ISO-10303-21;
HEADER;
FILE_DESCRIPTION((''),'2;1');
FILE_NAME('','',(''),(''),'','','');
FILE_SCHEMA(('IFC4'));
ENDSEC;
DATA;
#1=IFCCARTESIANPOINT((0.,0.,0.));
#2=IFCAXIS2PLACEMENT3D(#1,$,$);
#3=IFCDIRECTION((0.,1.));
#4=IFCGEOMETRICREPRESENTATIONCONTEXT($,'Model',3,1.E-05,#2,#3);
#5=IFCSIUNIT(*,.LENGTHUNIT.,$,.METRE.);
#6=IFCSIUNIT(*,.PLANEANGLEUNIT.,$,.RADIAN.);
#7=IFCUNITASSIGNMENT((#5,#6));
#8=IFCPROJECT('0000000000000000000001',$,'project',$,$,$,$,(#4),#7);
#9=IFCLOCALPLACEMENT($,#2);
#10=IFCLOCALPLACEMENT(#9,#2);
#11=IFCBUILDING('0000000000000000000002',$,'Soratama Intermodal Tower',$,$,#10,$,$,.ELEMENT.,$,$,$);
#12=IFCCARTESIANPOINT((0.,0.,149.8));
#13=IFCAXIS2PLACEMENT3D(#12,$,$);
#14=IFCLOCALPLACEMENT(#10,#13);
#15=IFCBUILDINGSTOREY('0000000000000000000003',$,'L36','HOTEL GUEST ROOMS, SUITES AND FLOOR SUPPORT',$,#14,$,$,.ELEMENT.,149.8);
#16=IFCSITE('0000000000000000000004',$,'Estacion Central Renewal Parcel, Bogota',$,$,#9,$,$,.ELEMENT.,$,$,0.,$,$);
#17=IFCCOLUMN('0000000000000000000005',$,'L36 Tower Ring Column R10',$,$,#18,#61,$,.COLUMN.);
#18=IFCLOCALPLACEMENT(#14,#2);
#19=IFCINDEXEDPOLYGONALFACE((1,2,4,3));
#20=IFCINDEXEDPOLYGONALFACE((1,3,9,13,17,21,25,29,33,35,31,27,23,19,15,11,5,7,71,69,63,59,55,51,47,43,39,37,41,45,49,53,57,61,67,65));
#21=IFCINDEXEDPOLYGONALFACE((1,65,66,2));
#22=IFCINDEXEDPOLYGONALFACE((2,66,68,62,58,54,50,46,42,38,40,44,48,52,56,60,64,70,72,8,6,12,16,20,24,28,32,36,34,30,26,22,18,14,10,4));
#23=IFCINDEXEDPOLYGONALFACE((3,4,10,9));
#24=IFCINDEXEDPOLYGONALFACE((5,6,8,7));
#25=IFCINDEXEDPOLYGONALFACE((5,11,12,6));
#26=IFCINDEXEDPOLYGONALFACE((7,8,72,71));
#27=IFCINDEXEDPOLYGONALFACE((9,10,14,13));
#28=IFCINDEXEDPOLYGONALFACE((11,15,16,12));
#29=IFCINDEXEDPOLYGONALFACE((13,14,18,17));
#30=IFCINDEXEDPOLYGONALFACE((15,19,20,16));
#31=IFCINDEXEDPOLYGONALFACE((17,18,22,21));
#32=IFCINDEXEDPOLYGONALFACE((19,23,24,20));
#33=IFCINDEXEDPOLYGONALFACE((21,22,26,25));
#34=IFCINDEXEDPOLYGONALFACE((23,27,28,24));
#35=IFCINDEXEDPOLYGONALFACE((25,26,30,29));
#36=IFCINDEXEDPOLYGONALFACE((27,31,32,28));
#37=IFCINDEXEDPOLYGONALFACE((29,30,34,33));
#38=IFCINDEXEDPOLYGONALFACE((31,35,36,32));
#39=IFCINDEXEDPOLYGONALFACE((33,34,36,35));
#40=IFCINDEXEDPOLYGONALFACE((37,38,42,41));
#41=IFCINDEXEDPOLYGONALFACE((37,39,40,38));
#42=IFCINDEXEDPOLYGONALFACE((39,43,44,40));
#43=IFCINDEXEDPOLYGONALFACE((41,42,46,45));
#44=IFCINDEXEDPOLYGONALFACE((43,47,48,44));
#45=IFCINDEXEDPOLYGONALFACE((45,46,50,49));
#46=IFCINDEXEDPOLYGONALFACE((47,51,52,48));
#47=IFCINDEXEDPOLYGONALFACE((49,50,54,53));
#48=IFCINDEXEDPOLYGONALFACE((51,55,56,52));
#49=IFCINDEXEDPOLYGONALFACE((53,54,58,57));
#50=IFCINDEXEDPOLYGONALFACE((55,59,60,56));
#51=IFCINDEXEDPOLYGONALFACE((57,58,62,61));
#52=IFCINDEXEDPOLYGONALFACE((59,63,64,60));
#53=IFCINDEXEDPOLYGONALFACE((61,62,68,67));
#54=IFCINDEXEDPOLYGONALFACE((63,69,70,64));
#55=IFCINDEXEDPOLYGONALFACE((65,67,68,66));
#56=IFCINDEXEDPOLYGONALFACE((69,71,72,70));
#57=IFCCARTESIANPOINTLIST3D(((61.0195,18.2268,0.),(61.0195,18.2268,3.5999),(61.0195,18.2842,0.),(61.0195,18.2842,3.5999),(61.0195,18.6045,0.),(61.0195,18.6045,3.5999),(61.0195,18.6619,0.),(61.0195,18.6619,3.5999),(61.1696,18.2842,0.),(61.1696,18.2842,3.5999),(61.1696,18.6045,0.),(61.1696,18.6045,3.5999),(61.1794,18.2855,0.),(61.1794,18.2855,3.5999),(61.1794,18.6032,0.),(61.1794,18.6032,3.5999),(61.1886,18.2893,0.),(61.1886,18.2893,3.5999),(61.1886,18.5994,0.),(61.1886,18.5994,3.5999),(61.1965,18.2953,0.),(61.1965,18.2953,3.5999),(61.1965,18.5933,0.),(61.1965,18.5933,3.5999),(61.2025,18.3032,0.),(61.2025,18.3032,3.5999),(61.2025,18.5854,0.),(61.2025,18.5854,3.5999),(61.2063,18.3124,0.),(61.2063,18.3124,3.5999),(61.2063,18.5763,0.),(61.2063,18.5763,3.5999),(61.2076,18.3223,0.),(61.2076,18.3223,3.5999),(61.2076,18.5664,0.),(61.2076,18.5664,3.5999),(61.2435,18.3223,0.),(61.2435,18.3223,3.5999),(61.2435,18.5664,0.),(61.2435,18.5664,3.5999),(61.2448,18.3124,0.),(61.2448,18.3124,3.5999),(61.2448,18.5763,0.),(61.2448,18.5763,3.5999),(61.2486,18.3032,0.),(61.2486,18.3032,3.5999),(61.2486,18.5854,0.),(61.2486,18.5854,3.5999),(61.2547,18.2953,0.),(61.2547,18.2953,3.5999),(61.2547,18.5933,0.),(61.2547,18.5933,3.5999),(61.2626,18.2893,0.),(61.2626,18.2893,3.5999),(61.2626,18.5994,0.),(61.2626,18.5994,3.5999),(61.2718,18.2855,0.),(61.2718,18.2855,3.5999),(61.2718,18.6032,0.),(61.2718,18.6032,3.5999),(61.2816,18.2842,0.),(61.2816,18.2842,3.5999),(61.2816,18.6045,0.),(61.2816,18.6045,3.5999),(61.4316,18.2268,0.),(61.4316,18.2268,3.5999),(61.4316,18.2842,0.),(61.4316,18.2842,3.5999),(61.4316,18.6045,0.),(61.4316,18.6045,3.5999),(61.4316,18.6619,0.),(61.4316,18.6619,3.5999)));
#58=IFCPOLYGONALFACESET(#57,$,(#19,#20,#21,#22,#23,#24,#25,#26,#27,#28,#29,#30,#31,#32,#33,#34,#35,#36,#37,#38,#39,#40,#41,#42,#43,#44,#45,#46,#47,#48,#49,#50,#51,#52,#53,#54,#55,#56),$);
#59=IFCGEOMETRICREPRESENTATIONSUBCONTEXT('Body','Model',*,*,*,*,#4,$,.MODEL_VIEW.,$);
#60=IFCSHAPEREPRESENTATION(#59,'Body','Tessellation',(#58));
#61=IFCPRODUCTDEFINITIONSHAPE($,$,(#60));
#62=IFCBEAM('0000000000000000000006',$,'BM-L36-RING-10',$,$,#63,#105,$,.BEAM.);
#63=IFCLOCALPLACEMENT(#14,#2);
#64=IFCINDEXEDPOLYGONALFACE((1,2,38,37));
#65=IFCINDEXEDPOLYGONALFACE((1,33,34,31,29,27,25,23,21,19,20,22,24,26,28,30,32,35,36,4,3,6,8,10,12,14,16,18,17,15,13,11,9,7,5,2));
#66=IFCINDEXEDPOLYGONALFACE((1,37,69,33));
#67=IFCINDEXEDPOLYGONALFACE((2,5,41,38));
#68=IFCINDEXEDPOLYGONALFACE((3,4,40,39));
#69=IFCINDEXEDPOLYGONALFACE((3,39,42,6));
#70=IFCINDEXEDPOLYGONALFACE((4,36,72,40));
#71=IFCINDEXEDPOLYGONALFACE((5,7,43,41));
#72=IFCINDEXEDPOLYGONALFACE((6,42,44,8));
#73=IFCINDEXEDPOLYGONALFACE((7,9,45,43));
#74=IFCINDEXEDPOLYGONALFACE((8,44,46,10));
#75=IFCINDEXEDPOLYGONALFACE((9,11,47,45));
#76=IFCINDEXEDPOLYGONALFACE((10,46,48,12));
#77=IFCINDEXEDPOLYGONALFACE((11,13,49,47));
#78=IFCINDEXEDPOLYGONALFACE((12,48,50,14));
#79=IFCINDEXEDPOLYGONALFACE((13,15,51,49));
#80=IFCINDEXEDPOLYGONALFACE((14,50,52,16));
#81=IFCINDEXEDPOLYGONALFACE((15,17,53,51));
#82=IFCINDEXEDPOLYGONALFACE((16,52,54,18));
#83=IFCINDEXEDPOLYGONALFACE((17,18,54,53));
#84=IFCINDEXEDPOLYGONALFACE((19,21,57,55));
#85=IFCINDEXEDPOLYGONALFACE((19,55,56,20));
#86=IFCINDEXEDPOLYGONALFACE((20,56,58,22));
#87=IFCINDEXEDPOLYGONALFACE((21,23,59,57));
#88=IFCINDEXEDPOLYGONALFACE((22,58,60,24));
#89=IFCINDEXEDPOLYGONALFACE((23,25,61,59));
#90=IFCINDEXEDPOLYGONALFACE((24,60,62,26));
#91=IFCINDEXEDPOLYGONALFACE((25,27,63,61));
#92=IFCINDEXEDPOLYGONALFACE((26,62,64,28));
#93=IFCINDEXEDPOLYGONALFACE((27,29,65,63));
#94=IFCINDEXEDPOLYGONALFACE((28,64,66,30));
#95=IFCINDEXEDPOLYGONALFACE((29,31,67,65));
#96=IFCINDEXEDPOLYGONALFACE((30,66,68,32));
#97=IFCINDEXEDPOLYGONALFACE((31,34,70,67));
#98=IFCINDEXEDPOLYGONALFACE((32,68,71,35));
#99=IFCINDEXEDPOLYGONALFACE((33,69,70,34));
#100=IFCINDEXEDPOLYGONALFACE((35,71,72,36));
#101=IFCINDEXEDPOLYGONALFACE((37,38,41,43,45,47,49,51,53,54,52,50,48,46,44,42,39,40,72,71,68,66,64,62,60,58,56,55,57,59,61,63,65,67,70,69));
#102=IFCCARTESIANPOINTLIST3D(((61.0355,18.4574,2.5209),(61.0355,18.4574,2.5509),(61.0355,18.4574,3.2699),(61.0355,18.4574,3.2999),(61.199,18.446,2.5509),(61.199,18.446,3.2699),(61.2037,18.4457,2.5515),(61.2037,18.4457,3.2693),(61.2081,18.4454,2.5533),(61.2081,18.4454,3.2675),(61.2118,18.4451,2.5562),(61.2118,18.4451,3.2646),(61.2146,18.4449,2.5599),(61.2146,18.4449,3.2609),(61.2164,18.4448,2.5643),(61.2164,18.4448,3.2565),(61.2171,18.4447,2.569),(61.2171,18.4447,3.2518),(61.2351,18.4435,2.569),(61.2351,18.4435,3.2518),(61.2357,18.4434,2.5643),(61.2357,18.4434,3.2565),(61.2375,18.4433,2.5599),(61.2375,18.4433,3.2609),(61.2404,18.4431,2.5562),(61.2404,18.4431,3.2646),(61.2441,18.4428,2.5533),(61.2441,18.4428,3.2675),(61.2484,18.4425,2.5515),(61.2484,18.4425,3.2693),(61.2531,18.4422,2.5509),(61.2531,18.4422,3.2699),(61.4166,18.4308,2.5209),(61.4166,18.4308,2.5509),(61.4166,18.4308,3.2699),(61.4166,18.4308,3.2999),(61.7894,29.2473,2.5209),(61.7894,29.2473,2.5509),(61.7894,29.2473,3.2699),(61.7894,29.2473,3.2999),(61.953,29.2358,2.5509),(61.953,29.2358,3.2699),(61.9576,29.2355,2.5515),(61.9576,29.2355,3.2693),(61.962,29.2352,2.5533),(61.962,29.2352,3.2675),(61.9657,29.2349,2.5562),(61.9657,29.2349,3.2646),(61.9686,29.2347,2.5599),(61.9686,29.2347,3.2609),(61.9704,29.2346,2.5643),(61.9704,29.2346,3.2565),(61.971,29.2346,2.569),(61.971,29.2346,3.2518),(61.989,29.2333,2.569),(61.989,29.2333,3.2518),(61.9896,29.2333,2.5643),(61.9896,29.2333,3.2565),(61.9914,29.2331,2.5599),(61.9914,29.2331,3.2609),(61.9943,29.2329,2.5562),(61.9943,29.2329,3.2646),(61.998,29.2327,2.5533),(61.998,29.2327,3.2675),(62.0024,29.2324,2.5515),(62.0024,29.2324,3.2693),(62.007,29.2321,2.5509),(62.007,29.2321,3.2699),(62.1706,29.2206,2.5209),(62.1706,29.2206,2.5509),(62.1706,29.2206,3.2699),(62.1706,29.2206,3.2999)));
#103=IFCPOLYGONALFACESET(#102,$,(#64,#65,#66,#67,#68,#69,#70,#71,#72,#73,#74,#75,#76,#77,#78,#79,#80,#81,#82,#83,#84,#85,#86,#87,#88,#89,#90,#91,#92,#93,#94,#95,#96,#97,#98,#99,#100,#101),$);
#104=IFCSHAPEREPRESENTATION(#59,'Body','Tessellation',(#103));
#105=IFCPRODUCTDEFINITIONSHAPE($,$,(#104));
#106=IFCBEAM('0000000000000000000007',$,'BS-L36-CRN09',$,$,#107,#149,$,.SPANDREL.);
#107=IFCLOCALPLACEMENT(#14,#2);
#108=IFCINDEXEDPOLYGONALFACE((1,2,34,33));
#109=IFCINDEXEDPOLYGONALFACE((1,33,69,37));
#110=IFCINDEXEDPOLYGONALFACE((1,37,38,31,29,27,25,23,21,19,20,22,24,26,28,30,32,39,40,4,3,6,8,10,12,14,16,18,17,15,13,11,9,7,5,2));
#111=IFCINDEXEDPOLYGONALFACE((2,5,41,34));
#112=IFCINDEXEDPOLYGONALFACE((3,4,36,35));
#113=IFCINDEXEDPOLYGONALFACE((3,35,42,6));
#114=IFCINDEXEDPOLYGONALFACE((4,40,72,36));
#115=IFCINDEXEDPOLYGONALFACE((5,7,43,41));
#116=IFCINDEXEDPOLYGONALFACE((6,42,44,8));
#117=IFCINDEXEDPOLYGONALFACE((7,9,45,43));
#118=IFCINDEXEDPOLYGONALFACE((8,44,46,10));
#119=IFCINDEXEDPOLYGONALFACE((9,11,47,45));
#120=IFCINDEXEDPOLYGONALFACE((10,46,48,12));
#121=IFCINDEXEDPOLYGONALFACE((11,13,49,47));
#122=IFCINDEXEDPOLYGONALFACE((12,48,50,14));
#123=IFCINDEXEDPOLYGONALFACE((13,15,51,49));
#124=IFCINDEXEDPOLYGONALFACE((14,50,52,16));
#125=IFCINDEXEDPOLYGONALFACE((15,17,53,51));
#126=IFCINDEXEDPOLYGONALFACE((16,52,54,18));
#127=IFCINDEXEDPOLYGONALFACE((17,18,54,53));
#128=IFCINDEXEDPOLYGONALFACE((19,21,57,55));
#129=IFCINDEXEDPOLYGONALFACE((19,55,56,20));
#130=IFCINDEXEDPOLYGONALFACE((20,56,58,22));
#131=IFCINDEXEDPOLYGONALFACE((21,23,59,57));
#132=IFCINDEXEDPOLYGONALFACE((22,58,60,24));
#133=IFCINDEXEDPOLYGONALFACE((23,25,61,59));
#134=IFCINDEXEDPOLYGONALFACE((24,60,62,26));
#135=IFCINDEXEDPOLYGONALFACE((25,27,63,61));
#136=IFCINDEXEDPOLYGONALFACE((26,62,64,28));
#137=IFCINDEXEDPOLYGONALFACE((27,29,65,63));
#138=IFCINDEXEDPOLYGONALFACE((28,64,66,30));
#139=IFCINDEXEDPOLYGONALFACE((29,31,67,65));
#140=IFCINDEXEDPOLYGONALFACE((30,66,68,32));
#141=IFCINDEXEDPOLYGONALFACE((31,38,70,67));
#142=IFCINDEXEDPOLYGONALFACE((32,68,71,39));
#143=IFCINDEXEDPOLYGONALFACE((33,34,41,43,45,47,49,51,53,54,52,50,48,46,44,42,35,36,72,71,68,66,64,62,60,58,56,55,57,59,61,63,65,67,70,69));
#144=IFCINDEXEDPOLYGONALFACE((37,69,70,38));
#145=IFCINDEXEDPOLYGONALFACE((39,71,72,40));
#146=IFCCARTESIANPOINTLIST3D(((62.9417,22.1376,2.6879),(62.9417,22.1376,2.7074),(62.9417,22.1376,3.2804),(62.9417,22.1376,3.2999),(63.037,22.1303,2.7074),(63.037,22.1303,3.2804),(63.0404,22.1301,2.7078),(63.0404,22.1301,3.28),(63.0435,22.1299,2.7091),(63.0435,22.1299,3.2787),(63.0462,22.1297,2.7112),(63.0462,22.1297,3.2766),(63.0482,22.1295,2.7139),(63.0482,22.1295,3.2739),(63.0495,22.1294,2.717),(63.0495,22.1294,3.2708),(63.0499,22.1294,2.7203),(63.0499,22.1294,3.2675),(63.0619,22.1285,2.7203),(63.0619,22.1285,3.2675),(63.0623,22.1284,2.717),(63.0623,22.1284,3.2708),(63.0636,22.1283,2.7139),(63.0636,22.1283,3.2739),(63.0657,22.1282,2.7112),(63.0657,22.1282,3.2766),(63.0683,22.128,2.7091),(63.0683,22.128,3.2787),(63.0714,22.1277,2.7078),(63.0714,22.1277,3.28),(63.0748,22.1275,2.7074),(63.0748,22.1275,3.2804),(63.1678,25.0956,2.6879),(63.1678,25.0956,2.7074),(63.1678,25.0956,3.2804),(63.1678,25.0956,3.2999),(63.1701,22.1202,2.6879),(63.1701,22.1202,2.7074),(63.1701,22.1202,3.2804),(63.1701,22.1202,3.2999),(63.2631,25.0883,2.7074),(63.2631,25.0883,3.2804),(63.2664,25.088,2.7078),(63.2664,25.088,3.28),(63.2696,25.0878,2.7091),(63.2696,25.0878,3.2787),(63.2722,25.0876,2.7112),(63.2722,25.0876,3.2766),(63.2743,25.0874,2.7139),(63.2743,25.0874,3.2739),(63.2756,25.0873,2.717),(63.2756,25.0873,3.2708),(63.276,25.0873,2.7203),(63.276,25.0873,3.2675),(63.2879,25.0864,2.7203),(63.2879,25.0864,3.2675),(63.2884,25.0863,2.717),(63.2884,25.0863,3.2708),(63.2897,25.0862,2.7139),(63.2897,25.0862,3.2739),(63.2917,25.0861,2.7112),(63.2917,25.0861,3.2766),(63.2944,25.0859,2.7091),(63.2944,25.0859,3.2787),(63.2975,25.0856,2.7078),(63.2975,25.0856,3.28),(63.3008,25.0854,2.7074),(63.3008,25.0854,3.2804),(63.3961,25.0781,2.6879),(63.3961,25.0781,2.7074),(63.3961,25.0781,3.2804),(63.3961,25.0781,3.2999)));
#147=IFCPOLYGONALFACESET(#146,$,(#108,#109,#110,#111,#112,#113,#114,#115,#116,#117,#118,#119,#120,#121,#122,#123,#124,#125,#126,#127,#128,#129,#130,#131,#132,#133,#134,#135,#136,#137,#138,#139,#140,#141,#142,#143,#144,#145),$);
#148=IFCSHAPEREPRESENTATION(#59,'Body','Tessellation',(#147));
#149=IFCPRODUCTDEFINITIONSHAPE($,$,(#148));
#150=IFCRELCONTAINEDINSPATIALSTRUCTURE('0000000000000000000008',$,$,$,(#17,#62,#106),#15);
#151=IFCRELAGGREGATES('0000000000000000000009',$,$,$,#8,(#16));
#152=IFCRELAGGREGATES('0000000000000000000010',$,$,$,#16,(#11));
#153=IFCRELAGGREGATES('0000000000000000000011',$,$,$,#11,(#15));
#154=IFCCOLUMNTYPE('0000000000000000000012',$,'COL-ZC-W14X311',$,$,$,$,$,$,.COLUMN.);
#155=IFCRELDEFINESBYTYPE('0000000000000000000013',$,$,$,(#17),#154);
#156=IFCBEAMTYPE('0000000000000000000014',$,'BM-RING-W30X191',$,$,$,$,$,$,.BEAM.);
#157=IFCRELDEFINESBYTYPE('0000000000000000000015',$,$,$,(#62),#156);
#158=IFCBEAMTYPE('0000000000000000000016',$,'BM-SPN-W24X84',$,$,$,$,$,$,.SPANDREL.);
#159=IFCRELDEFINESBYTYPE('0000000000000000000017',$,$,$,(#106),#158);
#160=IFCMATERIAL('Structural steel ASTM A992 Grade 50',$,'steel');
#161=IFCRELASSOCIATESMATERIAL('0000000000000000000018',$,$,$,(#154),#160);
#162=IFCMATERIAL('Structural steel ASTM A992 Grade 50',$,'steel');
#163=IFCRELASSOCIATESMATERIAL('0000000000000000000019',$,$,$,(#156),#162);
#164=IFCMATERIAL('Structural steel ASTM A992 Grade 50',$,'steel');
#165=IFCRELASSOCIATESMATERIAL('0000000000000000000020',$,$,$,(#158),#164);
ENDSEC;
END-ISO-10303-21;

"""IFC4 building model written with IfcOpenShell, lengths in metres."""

from ifc_helpers import new_model, si_unit, direction, frame, origin, origin_2d, place, context, subcontext, project, spatial, i_section, extrude, material, material_profile, profile_set, type_object, element, save


model = new_model("IFC4")

# Units and contexts
model_context = context("Model", 3, precision=1e-05, world=origin(), true_north=direction((0.0, 1.0)))
body_context = subcontext(model_context, "Body", "Model", "MODEL_VIEW")
ifc_project = project(units=[si_unit("LENGTHUNIT", "METRE"), si_unit("PLANEANGLEUNIT", "RADIAN")], contexts=[model_context])

# Site, building, storey
site_placement = place(None, origin())
site = spatial("IfcSite", under=ifc_project, at=site_placement, Name="Estacion Central Renewal Parcel, Bogota", CompositionType="ELEMENT", RefElevation=0.0)
building_placement = place(site_placement, origin())
building = spatial("IfcBuilding", under=site, at=building_placement, Name="Soratama Intermodal Tower", CompositionType="ELEMENT")
storey_placement = place(building_placement, frame((0.0, 0.0, 149.8)))
storey = spatial("IfcBuildingStorey", under=building, at=storey_placement, Name="L36", Description="HOTEL GUEST ROOMS, SUITES AND FLOOR SUPPORT", CompositionType="ELEMENT", Elevation=149.8)

# Column
ifc_material_1 = material(Name="Structural steel ASTM A992 Grade 50", Category="steel")
ifc_material_profile_1 = material_profile(ifc_material_1, i_section(OverallWidth=0.4121, OverallDepth=0.4351, WebThickness=0.0359, FlangeThickness=0.0574, FilletRadius=0.0381, at=origin_2d()), Name="W14X311")
ifc_profile_set_1 = profile_set([ifc_material_profile_1], Name="Structural steel ASTM A992 Grade 50")
column_type = type_object("IfcColumnType", Name="COL-ZC-W14X311", PredefinedType="COLUMN", material=ifc_profile_set_1)
column_placement = place(storey_placement, frame((61.2256, 18.4443, 0.0), z_axis=(0.0, 0.0, 1.0), x_axis=(1.0, 0.0, 0.0)))
element("IfcColumn", 1, at=column_placement, inside=storey, type_object=column_type, Name="L36 Tower Ring Column R10", PredefinedType="COLUMN", context=body_context, shape_type="SweptSolid", body=[
    extrude(i_section(OverallWidth=0.4121, OverallDepth=0.4351, WebThickness=0.0359, FlangeThickness=0.0574, FilletRadius=0.0381, at=origin_2d()), origin(), (0.0, 0.0, 1.0), 3.5999),
])

# Beams
ifc_material_2 = material(Name="Structural steel ASTM A992 Grade 50", Category="steel")
ifc_material_profile_2 = material_profile(ifc_material_2, i_section(OverallWidth=0.3821, OverallDepth=0.7791, WebThickness=0.0181, FlangeThickness=0.03, FilletRadius=0.0181, at=origin_2d()), Name="W30X191")
ifc_profile_set_2 = profile_set([ifc_material_profile_2], Name="Structural steel ASTM A992 Grade 50")
beam_type_1 = type_object("IfcBeamType", Name="BM-RING-W30X191", PredefinedType="BEAM", material=ifc_profile_set_2)
beam_1_placement = place(storey_placement, frame((61.2261, 18.4441, 2.9104), z_axis=(0.069702, 0.997568, 0.0), x_axis=(-0.997568, 0.069702, 0.0)))
element("IfcBeam", 2, at=beam_1_placement, inside=storey, type_object=beam_type_1, Name="BM-L36-RING-10", PredefinedType="BEAM", context=body_context, shape_type="SweptSolid", body=[
    extrude(i_section(OverallWidth=0.3821, OverallDepth=0.7791, WebThickness=0.0181, FlangeThickness=0.03, FilletRadius=0.0181, at=origin_2d()), origin(), (0.0, 0.0, 1.0), 10.8162),
])
ifc_material_3 = material(Name="Structural steel ASTM A992 Grade 50", Category="steel")
ifc_material_profile_3 = material_profile(ifc_material_3, i_section(OverallWidth=0.229, OverallDepth=0.6121, WebThickness=0.012, FlangeThickness=0.0195, FilletRadius=0.0129, at=origin_2d()), Name="W24X84")
ifc_profile_set_3 = profile_set([ifc_material_profile_3], Name="Structural steel ASTM A992 Grade 50")
beam_type_2 = type_object("IfcBeamType", Name="BM-SPN-W24X84", PredefinedType="SPANDREL", material=ifc_profile_set_3)
beam_2_placement = place(storey_placement, frame((63.0559, 22.1289, 2.9939), z_axis=(0.076206, 0.997092, 0.0), x_axis=(-0.997092, 0.076206, 0.0)))
element("IfcBeam", 3, at=beam_2_placement, inside=storey, type_object=beam_type_2, Name="BS-L36-CRN09", PredefinedType="SPANDREL", context=body_context, shape_type="SweptSolid", body=[
    extrude(i_section(OverallWidth=0.229, OverallDepth=0.6121, WebThickness=0.012, FlangeThickness=0.0195, FilletRadius=0.0129, at=origin_2d()), origin(), (0.0, 0.0, 1.0), 2.9666),
])

save(model, "model.ifc")
